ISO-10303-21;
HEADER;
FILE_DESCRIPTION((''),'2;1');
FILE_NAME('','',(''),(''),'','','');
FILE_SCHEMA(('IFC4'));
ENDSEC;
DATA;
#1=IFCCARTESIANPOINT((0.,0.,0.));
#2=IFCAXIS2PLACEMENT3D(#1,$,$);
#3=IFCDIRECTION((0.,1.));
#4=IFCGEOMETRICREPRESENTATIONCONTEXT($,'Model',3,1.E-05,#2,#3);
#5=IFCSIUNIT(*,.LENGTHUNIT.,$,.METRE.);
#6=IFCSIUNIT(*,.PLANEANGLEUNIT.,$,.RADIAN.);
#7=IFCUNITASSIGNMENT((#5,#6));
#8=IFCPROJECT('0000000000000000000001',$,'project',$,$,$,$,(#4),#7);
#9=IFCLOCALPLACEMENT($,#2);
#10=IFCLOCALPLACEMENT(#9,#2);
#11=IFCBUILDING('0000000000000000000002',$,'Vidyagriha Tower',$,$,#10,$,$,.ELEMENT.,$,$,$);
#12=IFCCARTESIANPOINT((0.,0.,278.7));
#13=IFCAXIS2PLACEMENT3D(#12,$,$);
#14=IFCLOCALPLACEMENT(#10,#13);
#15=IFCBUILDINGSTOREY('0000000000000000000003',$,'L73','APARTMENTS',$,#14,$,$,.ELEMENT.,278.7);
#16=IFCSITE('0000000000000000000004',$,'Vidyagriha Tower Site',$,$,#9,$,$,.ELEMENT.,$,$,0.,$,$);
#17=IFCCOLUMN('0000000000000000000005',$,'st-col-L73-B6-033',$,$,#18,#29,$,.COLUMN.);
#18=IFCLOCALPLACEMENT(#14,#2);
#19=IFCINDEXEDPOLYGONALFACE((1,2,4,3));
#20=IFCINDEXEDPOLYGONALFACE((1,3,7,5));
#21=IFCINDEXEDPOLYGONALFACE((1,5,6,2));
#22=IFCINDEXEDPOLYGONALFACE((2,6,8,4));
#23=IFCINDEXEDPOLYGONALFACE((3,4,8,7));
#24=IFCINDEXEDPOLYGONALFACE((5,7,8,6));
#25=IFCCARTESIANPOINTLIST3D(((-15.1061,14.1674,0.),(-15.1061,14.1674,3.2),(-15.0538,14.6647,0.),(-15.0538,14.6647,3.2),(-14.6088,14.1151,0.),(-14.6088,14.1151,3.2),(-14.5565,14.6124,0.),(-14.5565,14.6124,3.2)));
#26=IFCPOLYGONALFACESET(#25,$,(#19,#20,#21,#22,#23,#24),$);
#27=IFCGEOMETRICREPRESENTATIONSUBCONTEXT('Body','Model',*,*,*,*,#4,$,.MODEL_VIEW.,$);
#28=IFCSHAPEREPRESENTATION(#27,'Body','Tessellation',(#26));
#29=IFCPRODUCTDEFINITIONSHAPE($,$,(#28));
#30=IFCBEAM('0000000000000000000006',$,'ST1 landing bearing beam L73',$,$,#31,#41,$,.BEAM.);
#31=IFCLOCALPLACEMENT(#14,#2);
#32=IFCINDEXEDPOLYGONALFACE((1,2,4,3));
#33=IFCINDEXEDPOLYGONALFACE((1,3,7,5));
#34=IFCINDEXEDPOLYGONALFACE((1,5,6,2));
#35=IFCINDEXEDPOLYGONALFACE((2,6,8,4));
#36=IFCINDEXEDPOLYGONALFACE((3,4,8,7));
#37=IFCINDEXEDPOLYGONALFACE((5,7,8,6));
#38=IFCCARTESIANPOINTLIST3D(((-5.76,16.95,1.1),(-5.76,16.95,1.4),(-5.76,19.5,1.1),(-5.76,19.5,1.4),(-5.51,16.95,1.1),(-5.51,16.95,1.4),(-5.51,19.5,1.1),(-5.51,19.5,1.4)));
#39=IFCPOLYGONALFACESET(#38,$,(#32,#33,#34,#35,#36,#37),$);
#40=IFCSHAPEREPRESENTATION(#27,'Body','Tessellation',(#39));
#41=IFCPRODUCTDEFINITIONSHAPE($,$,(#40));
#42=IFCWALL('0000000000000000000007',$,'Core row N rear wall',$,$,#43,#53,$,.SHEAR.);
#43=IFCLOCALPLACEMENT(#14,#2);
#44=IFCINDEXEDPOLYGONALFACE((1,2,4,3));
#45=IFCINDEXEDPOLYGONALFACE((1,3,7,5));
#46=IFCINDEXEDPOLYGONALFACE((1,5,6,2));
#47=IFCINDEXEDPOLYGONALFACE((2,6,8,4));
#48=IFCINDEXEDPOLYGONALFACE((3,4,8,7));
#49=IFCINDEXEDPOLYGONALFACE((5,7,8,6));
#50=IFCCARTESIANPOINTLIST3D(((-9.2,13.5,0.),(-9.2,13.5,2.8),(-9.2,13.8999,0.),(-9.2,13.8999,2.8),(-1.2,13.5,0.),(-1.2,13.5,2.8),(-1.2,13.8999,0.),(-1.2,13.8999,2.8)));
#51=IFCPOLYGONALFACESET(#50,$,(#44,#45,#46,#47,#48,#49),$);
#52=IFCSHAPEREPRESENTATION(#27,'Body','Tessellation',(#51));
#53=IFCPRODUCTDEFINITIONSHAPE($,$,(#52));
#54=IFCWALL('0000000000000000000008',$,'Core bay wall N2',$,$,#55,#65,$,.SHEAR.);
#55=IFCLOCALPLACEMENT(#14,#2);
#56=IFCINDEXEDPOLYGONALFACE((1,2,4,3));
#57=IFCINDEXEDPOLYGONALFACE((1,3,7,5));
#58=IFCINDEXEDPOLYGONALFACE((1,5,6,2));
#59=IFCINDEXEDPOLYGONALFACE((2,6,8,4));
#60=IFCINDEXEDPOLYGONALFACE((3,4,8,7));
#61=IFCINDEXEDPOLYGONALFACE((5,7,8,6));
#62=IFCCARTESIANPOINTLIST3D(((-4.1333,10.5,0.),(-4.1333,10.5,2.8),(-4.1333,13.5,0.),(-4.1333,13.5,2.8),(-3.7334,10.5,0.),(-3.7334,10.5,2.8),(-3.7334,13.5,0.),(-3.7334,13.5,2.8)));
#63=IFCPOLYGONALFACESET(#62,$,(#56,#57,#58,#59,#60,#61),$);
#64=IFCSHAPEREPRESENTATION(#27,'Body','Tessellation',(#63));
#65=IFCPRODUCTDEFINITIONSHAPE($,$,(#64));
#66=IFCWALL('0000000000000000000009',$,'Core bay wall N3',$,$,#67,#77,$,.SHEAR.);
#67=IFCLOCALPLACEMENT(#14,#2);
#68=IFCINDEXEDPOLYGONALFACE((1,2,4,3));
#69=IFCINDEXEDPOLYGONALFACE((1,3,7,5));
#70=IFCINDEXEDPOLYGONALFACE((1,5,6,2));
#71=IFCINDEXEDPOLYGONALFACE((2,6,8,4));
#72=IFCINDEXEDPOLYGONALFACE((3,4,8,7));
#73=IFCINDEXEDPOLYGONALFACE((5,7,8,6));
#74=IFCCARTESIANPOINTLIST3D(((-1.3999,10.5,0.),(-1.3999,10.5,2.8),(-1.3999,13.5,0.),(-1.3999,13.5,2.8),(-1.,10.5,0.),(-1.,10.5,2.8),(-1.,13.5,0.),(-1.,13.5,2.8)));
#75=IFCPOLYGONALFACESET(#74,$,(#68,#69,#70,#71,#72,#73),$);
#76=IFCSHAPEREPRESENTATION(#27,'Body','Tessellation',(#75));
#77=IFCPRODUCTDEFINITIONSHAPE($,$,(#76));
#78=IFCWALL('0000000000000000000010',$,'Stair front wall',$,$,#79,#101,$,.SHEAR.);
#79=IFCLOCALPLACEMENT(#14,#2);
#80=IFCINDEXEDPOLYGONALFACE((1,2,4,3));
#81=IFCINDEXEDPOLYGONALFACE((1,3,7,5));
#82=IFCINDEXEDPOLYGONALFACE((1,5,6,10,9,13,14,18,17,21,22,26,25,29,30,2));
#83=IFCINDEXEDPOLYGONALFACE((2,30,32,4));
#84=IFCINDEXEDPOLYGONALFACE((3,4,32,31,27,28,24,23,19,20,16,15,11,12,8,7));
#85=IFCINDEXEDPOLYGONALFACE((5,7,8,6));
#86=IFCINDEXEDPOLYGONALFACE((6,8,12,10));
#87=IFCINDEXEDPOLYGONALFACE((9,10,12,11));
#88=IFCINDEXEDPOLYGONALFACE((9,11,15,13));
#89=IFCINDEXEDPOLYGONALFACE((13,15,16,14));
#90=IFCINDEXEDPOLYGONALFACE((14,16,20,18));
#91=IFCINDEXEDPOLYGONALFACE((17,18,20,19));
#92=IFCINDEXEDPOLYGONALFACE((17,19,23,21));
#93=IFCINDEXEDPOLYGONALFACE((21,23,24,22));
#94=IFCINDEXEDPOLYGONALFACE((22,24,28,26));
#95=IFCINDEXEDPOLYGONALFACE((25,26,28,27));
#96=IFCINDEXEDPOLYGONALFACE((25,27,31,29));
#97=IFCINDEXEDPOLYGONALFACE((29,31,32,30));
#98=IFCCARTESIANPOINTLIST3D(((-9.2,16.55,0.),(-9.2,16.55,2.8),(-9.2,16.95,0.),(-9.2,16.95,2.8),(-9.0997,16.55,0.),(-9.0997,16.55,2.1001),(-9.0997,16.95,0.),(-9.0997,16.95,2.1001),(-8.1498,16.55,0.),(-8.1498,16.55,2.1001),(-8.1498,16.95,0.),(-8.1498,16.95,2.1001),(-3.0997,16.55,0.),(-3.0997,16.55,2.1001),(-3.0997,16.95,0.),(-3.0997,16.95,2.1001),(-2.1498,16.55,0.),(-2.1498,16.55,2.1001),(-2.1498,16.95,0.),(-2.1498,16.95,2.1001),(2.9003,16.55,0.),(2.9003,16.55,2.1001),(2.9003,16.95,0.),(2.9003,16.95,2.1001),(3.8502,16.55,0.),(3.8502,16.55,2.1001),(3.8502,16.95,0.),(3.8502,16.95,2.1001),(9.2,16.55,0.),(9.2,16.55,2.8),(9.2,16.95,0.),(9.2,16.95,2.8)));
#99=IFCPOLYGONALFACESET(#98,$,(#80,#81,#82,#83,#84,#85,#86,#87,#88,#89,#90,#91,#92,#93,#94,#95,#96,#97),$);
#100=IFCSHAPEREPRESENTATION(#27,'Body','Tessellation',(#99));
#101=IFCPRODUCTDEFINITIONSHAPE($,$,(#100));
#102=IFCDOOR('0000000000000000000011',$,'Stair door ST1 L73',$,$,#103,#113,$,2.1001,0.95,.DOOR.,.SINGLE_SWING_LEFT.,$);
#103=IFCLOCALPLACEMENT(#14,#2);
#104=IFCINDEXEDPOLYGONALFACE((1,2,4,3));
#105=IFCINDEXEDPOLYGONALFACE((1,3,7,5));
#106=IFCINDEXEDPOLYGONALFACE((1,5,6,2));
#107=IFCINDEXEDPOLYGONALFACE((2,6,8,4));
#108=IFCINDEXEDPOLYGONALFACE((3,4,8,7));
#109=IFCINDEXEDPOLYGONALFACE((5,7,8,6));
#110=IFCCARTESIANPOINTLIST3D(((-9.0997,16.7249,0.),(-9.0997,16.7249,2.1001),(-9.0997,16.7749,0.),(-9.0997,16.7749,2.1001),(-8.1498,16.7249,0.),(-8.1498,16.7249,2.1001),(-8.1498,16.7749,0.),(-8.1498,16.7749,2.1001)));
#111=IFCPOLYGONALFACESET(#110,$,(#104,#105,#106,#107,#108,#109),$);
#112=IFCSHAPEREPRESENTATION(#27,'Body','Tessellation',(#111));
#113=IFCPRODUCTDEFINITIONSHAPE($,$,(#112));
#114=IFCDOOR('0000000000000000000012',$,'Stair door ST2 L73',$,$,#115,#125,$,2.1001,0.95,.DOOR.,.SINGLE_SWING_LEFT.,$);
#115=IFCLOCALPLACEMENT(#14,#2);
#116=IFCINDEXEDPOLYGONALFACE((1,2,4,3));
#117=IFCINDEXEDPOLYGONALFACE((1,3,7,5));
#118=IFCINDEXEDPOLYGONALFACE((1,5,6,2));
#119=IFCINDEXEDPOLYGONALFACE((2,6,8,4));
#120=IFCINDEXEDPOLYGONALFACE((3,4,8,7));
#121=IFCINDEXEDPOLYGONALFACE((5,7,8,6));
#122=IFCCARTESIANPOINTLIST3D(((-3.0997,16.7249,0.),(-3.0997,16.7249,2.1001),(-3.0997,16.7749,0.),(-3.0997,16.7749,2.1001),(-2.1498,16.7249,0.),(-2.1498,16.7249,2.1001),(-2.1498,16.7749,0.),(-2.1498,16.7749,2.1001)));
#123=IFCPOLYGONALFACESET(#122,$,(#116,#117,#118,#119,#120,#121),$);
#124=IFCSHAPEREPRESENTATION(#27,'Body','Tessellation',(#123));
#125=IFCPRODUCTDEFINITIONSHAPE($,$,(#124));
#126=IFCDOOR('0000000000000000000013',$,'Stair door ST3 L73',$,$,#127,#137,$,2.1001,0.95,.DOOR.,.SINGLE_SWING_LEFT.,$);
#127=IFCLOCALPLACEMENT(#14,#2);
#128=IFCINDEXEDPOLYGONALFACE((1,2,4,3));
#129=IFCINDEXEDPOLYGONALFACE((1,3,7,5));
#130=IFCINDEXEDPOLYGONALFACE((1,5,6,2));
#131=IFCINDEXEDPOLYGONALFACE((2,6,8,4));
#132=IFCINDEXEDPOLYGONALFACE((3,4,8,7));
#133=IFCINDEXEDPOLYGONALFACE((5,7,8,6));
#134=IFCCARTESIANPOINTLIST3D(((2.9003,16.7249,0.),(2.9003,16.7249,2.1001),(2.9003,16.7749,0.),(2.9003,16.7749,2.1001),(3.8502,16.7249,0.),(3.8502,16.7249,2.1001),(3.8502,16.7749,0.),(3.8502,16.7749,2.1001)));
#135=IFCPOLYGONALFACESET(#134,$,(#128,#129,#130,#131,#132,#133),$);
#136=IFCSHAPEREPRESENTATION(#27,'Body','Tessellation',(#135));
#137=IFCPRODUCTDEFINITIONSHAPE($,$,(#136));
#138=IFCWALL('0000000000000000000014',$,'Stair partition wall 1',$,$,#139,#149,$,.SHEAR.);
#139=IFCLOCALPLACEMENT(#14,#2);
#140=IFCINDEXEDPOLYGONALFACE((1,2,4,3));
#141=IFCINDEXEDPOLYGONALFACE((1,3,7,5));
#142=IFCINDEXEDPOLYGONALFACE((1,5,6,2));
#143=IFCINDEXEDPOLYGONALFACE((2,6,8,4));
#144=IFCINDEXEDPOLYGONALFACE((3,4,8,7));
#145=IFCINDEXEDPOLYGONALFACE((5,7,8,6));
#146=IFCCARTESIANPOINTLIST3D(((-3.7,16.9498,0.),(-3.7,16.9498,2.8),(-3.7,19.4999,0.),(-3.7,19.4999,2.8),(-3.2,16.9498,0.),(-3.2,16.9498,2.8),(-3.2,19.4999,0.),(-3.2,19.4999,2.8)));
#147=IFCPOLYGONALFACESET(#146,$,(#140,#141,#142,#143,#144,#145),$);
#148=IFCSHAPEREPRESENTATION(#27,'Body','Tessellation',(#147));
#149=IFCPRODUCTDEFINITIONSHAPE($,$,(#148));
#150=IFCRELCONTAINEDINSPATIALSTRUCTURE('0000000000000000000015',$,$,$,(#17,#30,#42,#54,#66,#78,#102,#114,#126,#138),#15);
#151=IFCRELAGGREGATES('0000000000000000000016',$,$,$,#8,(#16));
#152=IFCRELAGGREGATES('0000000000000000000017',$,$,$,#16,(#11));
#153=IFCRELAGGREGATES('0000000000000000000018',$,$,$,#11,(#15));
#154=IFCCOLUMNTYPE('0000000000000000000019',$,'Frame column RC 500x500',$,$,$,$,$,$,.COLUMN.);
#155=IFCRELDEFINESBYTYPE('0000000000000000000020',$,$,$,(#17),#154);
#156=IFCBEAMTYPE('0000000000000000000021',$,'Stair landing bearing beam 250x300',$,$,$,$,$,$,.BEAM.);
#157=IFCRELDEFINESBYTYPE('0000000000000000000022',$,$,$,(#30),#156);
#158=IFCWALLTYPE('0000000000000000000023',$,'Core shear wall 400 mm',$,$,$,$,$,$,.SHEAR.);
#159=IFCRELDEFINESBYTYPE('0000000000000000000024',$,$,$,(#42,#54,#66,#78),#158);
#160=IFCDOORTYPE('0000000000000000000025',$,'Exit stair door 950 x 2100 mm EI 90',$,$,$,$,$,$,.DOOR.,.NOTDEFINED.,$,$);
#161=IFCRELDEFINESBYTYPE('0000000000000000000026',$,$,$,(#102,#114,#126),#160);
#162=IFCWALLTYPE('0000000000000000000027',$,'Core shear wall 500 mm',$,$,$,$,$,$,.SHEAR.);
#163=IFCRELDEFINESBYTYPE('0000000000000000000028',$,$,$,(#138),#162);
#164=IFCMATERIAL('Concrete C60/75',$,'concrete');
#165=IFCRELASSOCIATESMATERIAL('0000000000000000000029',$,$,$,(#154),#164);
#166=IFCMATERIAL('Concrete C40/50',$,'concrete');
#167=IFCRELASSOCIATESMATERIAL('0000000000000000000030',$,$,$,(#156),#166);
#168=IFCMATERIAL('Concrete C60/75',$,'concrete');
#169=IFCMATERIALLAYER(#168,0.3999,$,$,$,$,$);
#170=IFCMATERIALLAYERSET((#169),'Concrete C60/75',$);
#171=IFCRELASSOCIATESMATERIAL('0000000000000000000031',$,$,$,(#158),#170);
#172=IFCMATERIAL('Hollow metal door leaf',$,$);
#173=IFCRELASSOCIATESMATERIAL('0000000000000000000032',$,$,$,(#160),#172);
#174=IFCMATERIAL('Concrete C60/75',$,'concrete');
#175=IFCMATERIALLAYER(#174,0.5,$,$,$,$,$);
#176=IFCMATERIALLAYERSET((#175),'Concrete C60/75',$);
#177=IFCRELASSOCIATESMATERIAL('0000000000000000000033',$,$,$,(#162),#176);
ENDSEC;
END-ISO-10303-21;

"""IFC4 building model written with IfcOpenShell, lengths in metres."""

from ifc_helpers import new_model, si_unit, direction, frame, frame_2d, origin, origin_2d, place, context, subcontext, project, spatial, rectangle, extrude, material, layer, layer_set, material_profile, profile_set, type_object, element, fill, save


model = new_model("IFC4")

# Units and contexts
model_context = context("Model", 3, precision=1e-05, world=origin(), true_north=direction((0.0, 1.0)))
body_context = subcontext(model_context, "Body", "Model", "MODEL_VIEW")
ifc_project = project(units=[si_unit("LENGTHUNIT", "METRE"), si_unit("PLANEANGLEUNIT", "RADIAN")], contexts=[model_context])

# Site, building, storey
site_placement = place(None, origin())
site = spatial("IfcSite", under=ifc_project, at=site_placement, Name="Vidyagriha Tower Site", CompositionType="ELEMENT", RefElevation=0.0)
building_placement = place(site_placement, origin())
building = spatial("IfcBuilding", under=site, at=building_placement, Name="Vidyagriha Tower", CompositionType="ELEMENT")
storey_placement = place(building_placement, frame((0.0, 0.0, 278.7)))
storey = spatial("IfcBuildingStorey", under=building, at=storey_placement, Name="L73", Description="APARTMENTS", CompositionType="ELEMENT", Elevation=278.7)

# Column
ifc_material_1 = material(Name="Concrete C60/75", Category="concrete")
ifc_material_profile_1 = material_profile(ifc_material_1, rectangle(XDim=0.5, YDim=0.5, at=origin_2d()), Name="RC 500x500")
ifc_profile_set_1 = profile_set([ifc_material_profile_1], Name="Concrete C60/75")
column_type = type_object("IfcColumnType", Name="Frame column RC 500x500", PredefinedType="COLUMN", material=ifc_profile_set_1)
column_placement = place(storey_placement, frame((-14.8313, 14.3899, 0.0), z_axis=(0.0, 0.0, 1.0), x_axis=(0.994522, -0.104528, 0.0)))
element("IfcColumn", 1, at=column_placement, inside=storey, type_object=column_type, Name="st-col-L73-B6-033", PredefinedType="COLUMN", context=body_context, shape_type="SweptSolid", body=[
    extrude(rectangle(XDim=0.5, YDim=0.5, at=origin_2d()), origin(), (0.0, 0.0, 1.0), 3.2),
])

# Beam
ifc_material_2 = material(Name="Concrete C40/50", Category="concrete")
ifc_material_profile_2 = material_profile(ifc_material_2, rectangle(XDim=0.25, YDim=0.3, at=origin_2d()), Name="Stair landing bearing beam 250x300")
ifc_profile_set_2 = profile_set([ifc_material_profile_2], Name="Concrete C40/50")
beam_type = type_object("IfcBeamType", Name="Stair landing bearing beam 250x300", PredefinedType="BEAM", material=ifc_profile_set_2)
beam_placement = place(storey_placement, frame((-5.635, 16.95, 1.25), z_axis=(0.0, 1.0, 0.0), x_axis=(-1.0, 0.0, 0.0)))
element("IfcBeam", 2, at=beam_placement, inside=storey, type_object=beam_type, Name="ST1 landing bearing beam L73", PredefinedType="BEAM", context=body_context, shape_type="SweptSolid", body=[
    extrude(rectangle(XDim=0.25, YDim=0.3, at=origin_2d()), origin(), (0.0, 0.0, 1.0), 2.55),
])

# Walls
ifc_material_3 = material(Name="Concrete C60/75", Category="concrete")
ifc_layer_1 = layer(ifc_material_3, 0.3999)
ifc_layer_set_1 = layer_set([ifc_layer_1], Name="Concrete C60/75")
wall_type_1 = type_object("IfcWallType", Name="Core shear wall 400 mm", PredefinedType="SHEAR", material=ifc_layer_set_1)
wall_1_placement = place(storey_placement, frame((-9.2, 13.7, 0.0)))
element("IfcWall", 3, at=wall_1_placement, inside=storey, type_object=wall_type_1, Name="Core row N rear wall", PredefinedType="SHEAR", context=body_context, shape_type="SweptSolid", body=[
    extrude(rectangle(XDim=8.0, YDim=0.3999, at=frame_2d((4.0, 0.0))), origin(), (0.0, 0.0, 1.0), 2.8),
])
for number, where, z_axis, x_axis, name in (
    (4, (-3.9333, 10.5, 0.0), (0.0, 0.0, 1.0), (0.0, 1.0, 0.0), "Core bay wall N2"),
    (5, (-1.2, 10.5, 0.0), (0.0, 0.0, 1.0), (0.0, 1.0, 0.0), "Core bay wall N3"),
):
    element("IfcWall", number, at=place(storey_placement, frame(where, z_axis=z_axis, x_axis=x_axis)), inside=storey, type_object=wall_type_1, Name=name, PredefinedType="SHEAR", context=body_context, shape_type="SweptSolid", body=[
        extrude(rectangle(XDim=3.0, YDim=0.3999, at=frame_2d((1.5, 0.0))), origin(), (0.0, 0.0, 1.0), 2.8),
    ])

# Wall, openings, doors
wall_2_placement = place(storey_placement, frame((-9.2, 16.75, 0.0)))
wall_2 = element("IfcWall", 6, at=wall_2_placement, inside=storey, type_object=wall_type_1, Name="Stair front wall", PredefinedType="SHEAR", context=body_context, shape_type="SweptSolid", body=[
    extrude(rectangle(XDim=18.3999, YDim=0.3999, at=frame_2d((9.2, 0.0))), origin(), (0.0, 0.0, 1.0), 2.8),
])
opening_1_placement = place(wall_2_placement, frame((0.1001, 0.0, 0.0)))
opening_1 = element("IfcOpeningElement", 7, at=opening_1_placement, cuts=wall_2, PredefinedType="OPENING", context=body_context, shape_type="SweptSolid", body=[
    extrude(rectangle(XDim=0.95, YDim=2.1001, at=frame_2d((0.4751, 1.05))), frame((0.0, 0.21, 0.0), z_axis=(0.0, -1.0, 0.0), x_axis=(1.0, 0.0, 0.0)), (0.0, 0.0, 1.0), 0.4199),
])
opening_2_placement = place(wall_2_placement, frame((6.1001, 0.0, 0.0)))
opening_2 = element("IfcOpeningElement", 8, at=opening_2_placement, cuts=wall_2, PredefinedType="OPENING", context=body_context, shape_type="SweptSolid", body=[
    extrude(rectangle(XDim=0.95, YDim=2.1001, at=frame_2d((0.4751, 1.05))), frame((0.0, 0.21, 0.0), z_axis=(0.0, -1.0, 0.0), x_axis=(1.0, 0.0, 0.0)), (0.0, 0.0, 1.0), 0.4199),
])
opening_3_placement = place(wall_2_placement, frame((12.1001, 0.0, 0.0)))
opening_3 = element("IfcOpeningElement", 9, at=opening_3_placement, cuts=wall_2, PredefinedType="OPENING", context=body_context, shape_type="SweptSolid", body=[
    extrude(rectangle(XDim=0.95, YDim=2.1001, at=frame_2d((0.4751, 1.05))), frame((0.0, 0.21, 0.0), z_axis=(0.0, -1.0, 0.0), x_axis=(1.0, 0.0, 0.0)), (0.0, 0.0, 1.0), 0.4199),
])
ifc_material_4 = material(Name="Hollow metal door leaf")
door_type_1 = type_object("IfcDoorType", Name="Exit stair door 950 x 2100 mm EI 90", OperationType="NOTDEFINED", PredefinedType="DOOR", material=ifc_material_4)
door_1_placement = place(opening_1_placement, origin())
door_1 = element("IfcDoor", 10, at=door_1_placement, inside=storey, type_object=door_type_1, Name="Stair door ST1 L73", OperationType="SINGLE_SWING_LEFT", OverallHeight=2.1001, OverallWidth=0.95, PredefinedType="DOOR", context=body_context, shape_type="SweptSolid", body=[
    extrude(rectangle(XDim=0.95, YDim=2.1001, at=frame_2d((0.4751, 1.05))), frame((0.0, 0.0249, 0.0), z_axis=(0.0, -1.0, 0.0), x_axis=(1.0, 0.0, 0.0)), (0.0, 0.0, 1.0), 0.05),
])
fill(opening_1, door_1)
door_2_placement = place(opening_2_placement, origin())
door_2 = element("IfcDoor", 11, at=door_2_placement, inside=storey, type_object=door_type_1, Name="Stair door ST2 L73", OperationType="SINGLE_SWING_LEFT", OverallHeight=2.1001, OverallWidth=0.95, PredefinedType="DOOR", context=body_context, shape_type="SweptSolid", body=[
    extrude(rectangle(XDim=0.95, YDim=2.1001, at=frame_2d((0.4751, 1.05))), frame((0.0, 0.0249, 0.0), z_axis=(0.0, -1.0, 0.0), x_axis=(1.0, 0.0, 0.0)), (0.0, 0.0, 1.0), 0.05),
])
fill(opening_2, door_2)
door_3_placement = place(opening_3_placement, origin())
door_3 = element("IfcDoor", 12, at=door_3_placement, inside=storey, type_object=door_type_1, Name="Stair door ST3 L73", OperationType="SINGLE_SWING_LEFT", OverallHeight=2.1001, OverallWidth=0.95, PredefinedType="DOOR", context=body_context, shape_type="SweptSolid", body=[
    extrude(rectangle(XDim=0.95, YDim=2.1001, at=frame_2d((0.4751, 1.05))), frame((0.0, 0.0249, 0.0), z_axis=(0.0, -1.0, 0.0), x_axis=(1.0, 0.0, 0.0)), (0.0, 0.0, 1.0), 0.05),
])
fill(opening_3, door_3)

# Wall
ifc_material_5 = material(Name="Concrete C60/75", Category="concrete")
ifc_layer_2 = layer(ifc_material_5, 0.5)
ifc_layer_set_2 = layer_set([ifc_layer_2], Name="Concrete C60/75")
wall_type_2 = type_object("IfcWallType", Name="Core shear wall 500 mm", PredefinedType="SHEAR", material=ifc_layer_set_2)
wall_3_placement = place(storey_placement, frame((-3.45, 16.95, 0.0), z_axis=(0.0, 0.0, 1.0), x_axis=(0.0, 1.0, 0.0)))
element("IfcWall", 13, at=wall_3_placement, inside=storey, type_object=wall_type_2, Name="Stair partition wall 1", PredefinedType="SHEAR", context=body_context, shape_type="SweptSolid", body=[
    extrude(rectangle(XDim=2.55, YDim=0.5, at=frame_2d((1.2749, 0.0))), origin(), (0.0, 0.0, 1.0), 2.8),
])

save(model, "model.ifc")
